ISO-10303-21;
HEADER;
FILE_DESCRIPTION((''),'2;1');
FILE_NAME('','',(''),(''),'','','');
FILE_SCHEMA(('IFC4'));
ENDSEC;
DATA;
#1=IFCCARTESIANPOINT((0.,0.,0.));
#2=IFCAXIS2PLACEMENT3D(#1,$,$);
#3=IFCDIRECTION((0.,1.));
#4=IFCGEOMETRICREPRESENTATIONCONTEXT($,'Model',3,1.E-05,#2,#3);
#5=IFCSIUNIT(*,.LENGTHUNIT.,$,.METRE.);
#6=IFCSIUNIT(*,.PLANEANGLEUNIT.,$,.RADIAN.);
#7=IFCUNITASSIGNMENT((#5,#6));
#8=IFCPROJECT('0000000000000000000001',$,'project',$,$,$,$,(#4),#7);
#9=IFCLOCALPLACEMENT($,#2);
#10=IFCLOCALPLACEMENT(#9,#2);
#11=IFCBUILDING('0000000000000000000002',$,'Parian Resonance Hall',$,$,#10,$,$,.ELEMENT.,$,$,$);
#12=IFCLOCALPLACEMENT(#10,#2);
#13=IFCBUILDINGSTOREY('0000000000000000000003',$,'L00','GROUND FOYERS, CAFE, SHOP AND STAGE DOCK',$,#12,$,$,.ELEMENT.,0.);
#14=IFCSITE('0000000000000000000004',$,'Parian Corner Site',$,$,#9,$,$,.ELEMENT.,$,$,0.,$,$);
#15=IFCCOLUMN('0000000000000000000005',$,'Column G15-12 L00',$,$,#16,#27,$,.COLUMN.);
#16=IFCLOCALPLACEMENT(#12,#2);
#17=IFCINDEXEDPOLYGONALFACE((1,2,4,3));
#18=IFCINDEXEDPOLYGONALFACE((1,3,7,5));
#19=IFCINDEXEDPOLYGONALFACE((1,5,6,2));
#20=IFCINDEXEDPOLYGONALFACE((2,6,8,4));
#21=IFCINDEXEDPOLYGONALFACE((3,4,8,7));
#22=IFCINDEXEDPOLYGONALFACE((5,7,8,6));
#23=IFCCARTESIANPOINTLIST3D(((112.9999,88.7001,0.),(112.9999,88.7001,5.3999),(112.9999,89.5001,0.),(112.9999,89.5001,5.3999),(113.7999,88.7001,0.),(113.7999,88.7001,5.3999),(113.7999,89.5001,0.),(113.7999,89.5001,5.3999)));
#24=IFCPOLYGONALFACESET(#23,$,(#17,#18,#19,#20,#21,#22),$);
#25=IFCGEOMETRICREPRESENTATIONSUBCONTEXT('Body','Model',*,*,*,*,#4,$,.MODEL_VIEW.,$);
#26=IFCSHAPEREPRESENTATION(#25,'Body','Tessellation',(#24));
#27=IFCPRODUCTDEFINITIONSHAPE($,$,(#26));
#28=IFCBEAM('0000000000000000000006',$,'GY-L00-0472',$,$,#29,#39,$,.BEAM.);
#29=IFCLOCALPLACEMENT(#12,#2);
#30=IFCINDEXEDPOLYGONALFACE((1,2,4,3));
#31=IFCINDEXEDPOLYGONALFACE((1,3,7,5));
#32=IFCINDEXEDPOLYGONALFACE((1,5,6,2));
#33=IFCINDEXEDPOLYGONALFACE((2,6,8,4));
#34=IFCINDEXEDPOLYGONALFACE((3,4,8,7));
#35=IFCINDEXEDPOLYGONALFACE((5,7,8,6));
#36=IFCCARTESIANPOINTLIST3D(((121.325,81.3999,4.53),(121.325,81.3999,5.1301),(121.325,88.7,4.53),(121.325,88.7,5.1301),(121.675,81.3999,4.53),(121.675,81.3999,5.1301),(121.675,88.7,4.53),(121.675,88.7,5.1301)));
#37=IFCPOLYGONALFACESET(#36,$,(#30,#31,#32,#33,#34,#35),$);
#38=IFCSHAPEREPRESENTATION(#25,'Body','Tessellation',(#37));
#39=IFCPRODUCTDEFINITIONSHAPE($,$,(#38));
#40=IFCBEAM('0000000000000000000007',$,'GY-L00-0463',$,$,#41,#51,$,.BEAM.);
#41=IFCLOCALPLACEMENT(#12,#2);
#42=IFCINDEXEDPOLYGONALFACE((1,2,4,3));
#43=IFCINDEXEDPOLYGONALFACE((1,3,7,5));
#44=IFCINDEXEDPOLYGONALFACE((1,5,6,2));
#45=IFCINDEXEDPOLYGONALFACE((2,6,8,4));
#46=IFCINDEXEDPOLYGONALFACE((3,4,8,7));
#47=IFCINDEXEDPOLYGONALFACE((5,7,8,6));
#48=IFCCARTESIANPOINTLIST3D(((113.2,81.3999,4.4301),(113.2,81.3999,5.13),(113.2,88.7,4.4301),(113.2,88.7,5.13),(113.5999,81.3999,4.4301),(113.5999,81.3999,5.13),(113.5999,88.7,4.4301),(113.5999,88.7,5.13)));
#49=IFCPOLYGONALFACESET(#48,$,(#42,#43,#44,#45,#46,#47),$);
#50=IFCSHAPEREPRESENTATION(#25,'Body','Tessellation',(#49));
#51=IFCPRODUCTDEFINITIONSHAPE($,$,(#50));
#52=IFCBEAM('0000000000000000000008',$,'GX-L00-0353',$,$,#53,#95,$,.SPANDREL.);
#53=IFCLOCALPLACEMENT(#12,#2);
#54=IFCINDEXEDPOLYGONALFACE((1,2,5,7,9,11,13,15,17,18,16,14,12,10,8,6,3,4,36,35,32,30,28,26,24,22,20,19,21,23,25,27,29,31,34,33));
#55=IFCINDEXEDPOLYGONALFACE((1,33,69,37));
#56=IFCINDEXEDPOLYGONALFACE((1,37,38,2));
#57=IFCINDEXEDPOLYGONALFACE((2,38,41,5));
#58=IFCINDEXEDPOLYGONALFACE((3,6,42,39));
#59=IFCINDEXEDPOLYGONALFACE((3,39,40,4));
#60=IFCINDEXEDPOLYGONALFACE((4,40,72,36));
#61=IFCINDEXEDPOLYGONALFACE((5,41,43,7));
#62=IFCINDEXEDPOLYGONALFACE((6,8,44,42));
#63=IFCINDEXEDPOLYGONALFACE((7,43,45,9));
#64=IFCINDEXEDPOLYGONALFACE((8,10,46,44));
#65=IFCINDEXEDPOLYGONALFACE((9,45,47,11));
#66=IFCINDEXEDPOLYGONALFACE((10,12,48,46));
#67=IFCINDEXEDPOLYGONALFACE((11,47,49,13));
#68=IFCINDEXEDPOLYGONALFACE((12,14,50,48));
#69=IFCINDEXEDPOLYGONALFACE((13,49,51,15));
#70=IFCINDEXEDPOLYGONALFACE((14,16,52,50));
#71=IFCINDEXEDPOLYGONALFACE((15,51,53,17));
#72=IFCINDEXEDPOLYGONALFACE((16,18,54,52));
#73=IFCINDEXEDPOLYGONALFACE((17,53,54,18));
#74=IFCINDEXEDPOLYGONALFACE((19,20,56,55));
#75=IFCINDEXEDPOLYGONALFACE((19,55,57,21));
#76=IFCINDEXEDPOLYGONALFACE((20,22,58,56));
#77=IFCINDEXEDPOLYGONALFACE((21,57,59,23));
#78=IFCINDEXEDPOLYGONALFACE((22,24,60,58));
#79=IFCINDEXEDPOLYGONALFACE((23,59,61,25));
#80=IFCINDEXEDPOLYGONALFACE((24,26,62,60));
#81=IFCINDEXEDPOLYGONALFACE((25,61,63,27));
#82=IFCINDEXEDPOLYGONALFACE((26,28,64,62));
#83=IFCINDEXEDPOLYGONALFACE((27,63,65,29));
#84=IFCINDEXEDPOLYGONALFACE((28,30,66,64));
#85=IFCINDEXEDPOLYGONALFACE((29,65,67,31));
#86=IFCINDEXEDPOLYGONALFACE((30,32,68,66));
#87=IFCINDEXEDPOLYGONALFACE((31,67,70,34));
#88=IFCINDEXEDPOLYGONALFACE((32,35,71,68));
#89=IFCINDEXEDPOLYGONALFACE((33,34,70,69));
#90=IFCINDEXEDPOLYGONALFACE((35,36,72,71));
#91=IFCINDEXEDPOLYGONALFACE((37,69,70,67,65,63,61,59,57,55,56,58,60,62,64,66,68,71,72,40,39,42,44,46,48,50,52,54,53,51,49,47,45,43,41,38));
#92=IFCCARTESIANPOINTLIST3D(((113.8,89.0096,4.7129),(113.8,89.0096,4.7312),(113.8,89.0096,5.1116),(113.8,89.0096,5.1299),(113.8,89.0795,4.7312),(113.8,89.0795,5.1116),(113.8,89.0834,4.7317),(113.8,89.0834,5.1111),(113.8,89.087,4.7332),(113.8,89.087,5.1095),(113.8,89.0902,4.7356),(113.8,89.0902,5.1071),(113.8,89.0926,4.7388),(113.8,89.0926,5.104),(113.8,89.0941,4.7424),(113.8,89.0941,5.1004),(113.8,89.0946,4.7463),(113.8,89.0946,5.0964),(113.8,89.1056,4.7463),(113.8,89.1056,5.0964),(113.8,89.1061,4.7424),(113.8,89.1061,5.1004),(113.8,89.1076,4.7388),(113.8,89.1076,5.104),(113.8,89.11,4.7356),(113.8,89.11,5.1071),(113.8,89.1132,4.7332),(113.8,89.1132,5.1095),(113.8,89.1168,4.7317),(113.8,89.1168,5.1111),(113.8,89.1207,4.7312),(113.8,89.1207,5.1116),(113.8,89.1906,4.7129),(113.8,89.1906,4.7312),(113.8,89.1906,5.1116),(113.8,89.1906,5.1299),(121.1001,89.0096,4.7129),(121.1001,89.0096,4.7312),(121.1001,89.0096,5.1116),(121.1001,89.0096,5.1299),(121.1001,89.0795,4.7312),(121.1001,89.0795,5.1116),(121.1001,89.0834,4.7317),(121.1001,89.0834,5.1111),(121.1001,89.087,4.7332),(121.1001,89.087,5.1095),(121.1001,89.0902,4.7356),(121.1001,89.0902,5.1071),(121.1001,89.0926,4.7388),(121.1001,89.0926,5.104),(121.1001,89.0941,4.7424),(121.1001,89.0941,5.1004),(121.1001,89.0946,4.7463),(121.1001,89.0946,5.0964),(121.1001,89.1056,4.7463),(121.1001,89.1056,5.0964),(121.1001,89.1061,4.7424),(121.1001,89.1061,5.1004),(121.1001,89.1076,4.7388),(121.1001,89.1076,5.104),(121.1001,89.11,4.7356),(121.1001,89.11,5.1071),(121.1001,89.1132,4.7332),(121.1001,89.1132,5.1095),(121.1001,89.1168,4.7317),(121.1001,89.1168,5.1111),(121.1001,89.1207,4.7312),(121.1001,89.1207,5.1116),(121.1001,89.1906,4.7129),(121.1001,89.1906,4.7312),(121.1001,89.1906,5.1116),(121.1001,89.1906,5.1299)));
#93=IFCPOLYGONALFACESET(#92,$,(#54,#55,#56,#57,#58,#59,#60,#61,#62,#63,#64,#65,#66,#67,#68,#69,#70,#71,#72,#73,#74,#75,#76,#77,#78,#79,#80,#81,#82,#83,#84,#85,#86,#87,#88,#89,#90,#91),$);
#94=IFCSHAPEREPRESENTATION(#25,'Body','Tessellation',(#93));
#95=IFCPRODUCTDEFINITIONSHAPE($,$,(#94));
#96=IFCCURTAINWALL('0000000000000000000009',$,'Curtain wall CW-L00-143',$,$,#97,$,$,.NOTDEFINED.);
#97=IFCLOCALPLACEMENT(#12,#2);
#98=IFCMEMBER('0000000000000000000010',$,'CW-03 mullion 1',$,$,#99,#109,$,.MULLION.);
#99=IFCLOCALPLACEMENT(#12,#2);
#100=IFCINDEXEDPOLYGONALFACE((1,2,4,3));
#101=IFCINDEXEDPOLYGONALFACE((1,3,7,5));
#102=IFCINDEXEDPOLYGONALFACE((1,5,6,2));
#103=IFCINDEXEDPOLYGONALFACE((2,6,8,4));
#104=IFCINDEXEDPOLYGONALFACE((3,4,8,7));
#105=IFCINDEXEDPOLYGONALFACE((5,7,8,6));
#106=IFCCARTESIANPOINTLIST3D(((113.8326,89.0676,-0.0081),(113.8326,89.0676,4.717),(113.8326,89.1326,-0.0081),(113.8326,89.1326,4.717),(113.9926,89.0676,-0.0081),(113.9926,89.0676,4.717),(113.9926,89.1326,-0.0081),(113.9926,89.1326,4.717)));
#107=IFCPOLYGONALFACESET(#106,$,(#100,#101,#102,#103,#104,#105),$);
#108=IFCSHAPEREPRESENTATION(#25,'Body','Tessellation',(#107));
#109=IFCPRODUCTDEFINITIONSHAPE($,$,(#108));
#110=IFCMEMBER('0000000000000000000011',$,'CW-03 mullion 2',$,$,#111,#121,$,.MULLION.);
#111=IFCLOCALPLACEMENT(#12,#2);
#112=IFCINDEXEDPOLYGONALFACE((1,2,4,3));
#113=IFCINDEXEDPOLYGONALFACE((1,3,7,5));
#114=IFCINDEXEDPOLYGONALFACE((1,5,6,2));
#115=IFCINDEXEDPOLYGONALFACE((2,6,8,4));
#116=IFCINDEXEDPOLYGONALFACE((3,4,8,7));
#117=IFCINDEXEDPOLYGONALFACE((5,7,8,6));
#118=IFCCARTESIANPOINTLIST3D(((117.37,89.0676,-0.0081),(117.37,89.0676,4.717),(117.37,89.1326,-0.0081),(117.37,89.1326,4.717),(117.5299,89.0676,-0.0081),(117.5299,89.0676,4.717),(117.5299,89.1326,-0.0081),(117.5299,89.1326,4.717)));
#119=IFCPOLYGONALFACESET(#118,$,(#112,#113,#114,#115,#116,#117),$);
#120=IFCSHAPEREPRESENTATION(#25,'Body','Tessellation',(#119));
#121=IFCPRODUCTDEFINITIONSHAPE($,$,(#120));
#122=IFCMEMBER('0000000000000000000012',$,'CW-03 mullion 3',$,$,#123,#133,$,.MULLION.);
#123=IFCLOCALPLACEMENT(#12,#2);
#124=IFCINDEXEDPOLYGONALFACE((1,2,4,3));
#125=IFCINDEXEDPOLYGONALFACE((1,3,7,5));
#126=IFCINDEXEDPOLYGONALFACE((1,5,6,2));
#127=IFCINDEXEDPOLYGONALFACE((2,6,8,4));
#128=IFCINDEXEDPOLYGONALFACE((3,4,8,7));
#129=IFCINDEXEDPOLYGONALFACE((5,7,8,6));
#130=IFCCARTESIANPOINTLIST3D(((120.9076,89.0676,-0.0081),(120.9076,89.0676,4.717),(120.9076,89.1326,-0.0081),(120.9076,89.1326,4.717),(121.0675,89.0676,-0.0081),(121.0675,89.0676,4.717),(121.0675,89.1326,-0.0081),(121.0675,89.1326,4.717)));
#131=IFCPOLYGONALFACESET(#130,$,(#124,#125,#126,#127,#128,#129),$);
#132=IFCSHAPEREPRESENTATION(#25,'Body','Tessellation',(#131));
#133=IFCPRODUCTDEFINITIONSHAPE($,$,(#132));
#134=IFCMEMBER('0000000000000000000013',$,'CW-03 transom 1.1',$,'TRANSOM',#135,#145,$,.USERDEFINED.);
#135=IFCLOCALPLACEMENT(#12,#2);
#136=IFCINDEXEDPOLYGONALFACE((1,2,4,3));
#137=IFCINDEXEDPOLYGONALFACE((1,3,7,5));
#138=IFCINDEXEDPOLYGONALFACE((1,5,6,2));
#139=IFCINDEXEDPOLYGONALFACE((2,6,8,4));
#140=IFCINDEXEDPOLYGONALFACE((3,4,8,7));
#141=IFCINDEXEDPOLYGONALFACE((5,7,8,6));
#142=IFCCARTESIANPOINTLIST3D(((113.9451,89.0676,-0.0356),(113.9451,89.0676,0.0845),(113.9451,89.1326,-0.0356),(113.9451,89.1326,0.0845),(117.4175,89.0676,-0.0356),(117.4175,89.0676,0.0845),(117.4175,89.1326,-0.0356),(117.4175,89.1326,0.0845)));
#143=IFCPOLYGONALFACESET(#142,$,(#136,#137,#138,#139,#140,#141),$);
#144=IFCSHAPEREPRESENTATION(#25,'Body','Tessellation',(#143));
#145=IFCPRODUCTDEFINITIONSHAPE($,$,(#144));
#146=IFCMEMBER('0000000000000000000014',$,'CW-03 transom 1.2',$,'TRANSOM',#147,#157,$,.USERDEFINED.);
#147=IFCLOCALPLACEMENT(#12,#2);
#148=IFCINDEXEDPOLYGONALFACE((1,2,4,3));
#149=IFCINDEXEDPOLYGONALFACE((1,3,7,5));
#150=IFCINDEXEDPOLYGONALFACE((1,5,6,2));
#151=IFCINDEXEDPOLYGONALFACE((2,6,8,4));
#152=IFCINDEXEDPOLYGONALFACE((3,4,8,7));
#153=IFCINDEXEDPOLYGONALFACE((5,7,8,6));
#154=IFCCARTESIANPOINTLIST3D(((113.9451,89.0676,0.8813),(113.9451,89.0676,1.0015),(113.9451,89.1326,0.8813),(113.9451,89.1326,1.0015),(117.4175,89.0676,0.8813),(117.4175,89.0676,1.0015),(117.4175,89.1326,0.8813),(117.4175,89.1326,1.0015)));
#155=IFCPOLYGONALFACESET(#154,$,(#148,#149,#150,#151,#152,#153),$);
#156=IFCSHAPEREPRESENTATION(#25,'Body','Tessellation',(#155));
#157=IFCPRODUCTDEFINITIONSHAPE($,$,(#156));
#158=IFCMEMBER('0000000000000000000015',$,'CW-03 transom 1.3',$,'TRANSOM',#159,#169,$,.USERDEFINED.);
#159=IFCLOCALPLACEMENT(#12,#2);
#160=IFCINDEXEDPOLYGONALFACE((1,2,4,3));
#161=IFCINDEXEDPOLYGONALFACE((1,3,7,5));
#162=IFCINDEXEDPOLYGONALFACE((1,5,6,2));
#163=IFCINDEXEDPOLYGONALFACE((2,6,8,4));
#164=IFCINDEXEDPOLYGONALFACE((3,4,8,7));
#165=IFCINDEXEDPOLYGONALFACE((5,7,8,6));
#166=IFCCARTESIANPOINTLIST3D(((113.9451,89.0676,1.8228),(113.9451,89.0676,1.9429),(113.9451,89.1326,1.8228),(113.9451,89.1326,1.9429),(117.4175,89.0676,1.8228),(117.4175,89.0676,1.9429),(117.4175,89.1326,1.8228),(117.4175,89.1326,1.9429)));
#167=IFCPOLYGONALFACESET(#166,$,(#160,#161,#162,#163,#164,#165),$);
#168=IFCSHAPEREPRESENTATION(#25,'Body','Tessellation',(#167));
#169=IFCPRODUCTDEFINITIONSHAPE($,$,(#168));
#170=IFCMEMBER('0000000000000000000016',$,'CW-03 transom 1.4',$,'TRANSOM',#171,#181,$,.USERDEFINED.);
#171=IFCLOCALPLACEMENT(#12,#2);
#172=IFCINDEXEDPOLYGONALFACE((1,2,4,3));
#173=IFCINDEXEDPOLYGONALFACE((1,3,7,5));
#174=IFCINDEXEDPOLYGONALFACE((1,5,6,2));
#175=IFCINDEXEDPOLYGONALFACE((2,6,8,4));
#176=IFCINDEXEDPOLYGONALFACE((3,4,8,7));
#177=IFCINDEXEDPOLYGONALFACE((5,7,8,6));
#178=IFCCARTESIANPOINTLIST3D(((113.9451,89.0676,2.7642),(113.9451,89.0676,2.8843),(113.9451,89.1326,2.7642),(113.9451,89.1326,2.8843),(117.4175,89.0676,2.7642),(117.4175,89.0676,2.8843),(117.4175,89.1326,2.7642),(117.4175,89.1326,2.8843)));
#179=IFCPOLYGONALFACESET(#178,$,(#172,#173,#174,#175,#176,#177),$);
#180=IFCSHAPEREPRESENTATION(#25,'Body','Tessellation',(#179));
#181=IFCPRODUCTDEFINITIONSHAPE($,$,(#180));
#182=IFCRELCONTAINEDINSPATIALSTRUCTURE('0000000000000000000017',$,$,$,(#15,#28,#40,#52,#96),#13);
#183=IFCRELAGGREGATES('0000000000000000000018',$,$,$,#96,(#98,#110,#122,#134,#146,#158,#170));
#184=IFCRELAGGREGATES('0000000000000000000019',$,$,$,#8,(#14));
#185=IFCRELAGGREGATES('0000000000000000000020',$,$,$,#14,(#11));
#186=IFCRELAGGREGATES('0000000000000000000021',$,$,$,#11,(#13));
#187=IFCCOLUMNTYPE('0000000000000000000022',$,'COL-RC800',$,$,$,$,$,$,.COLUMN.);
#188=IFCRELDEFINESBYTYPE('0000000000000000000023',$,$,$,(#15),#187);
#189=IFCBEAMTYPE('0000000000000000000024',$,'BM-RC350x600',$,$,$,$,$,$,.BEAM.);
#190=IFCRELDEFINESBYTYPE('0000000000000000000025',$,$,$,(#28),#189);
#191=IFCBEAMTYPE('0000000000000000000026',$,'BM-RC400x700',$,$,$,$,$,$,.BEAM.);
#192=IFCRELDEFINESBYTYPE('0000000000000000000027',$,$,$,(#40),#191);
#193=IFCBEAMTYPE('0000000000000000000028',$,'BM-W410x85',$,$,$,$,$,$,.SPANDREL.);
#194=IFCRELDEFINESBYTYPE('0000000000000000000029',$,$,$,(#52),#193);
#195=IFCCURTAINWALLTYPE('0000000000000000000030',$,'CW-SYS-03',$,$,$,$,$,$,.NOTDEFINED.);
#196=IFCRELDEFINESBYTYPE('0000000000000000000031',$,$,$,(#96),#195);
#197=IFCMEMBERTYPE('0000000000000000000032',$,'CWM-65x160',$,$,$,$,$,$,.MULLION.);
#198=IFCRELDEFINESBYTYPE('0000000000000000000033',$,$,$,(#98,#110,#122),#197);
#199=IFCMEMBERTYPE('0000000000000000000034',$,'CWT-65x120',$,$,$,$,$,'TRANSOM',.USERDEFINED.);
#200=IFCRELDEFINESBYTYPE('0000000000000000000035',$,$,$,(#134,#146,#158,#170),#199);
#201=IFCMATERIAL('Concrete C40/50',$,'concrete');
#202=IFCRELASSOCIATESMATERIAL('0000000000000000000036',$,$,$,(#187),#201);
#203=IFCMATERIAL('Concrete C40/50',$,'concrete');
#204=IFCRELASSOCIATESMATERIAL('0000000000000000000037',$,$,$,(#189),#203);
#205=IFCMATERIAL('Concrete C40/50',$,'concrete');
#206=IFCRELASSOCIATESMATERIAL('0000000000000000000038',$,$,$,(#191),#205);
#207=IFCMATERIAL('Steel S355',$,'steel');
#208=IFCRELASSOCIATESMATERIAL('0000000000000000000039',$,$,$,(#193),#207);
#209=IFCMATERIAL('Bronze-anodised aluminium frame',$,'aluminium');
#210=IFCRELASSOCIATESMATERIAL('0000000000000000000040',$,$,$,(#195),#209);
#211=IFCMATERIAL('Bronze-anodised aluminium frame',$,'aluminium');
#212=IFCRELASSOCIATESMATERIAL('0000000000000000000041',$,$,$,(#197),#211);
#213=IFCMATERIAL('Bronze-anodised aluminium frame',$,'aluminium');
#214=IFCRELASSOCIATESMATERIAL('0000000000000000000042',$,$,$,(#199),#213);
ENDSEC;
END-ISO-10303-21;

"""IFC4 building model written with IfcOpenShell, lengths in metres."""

from ifc_helpers import new_model, si_unit, direction, frame, origin, origin_2d, place, context, subcontext, project, spatial, rectangle, i_section, extrude, material, material_profile, profile_set, type_object, element, aggregate, save


model = new_model("IFC4")

# Units and contexts
model_context = context("Model", 3, precision=1e-05, world=origin(), true_north=direction((0.0, 1.0)))
body_context = subcontext(model_context, "Body", "Model", "MODEL_VIEW")
ifc_project = project(units=[si_unit("LENGTHUNIT", "METRE"), si_unit("PLANEANGLEUNIT", "RADIAN")], contexts=[model_context])

# Site, building, storey
site_placement = place(None, origin())
site = spatial("IfcSite", under=ifc_project, at=site_placement, Name="Parian Corner Site", CompositionType="ELEMENT", RefElevation=0.0)
building_placement = place(site_placement, origin())
building = spatial("IfcBuilding", under=site, at=building_placement, Name="Parian Resonance Hall", CompositionType="ELEMENT")
storey_placement = place(building_placement, origin())
storey = spatial("IfcBuildingStorey", under=building, at=storey_placement, Name="L00", Description="GROUND FOYERS, CAFE, SHOP AND STAGE DOCK", CompositionType="ELEMENT", Elevation=0.0)

# Column
ifc_material_1 = material(Name="Concrete C40/50", Category="concrete")
ifc_material_profile_1 = material_profile(ifc_material_1, rectangle(XDim=0.8, YDim=0.8, at=origin_2d()), Name="RC-COL-800x800")
ifc_profile_set_1 = profile_set([ifc_material_profile_1], Name="Concrete C40/50")
column_type = type_object("IfcColumnType", Name="COL-RC800", PredefinedType="COLUMN", material=ifc_profile_set_1)
column_placement = place(storey_placement, frame((113.3999, 89.1001, 0.0), z_axis=(0.0, 0.0, 1.0), x_axis=(1.0, 0.0, 0.0)))
element("IfcColumn", 1, at=column_placement, inside=storey, type_object=column_type, Name="Column G15-12 L00", PredefinedType="COLUMN", context=body_context, shape_type="SweptSolid", body=[
    extrude(rectangle(XDim=0.8, YDim=0.8, at=origin_2d()), origin(), (0.0, 0.0, 1.0), 5.3999),
])

# Beams
ifc_material_2 = material(Name="Concrete C40/50", Category="concrete")
ifc_material_profile_2 = material_profile(ifc_material_2, rectangle(XDim=0.3501, YDim=0.6001, at=origin_2d()), Name="RC-BM-350x600")
ifc_profile_set_2 = profile_set([ifc_material_profile_2], Name="Concrete C40/50")
beam_type_1 = type_object("IfcBeamType", Name="BM-RC350x600", PredefinedType="BEAM", material=ifc_profile_set_2)
beam_1_placement = place(storey_placement, frame((121.5, 81.3999, 4.8301), z_axis=(0.0, 1.0, 0.0), x_axis=(-1.0, 0.0, 0.0)))
element("IfcBeam", 2, at=beam_1_placement, inside=storey, type_object=beam_type_1, Name="GY-L00-0472", PredefinedType="BEAM", context=body_context, shape_type="SweptSolid", body=[
    extrude(rectangle(XDim=0.3501, YDim=0.6001, at=origin_2d()), origin(), (0.0, 0.0, 1.0), 7.3),
])
ifc_material_3 = material(Name="Concrete C40/50", Category="concrete")
ifc_material_profile_3 = material_profile(ifc_material_3, rectangle(XDim=0.3999, YDim=0.7, at=origin_2d()), Name="RC-BM-400x700")
ifc_profile_set_3 = profile_set([ifc_material_profile_3], Name="Concrete C40/50")
beam_type_2 = type_object("IfcBeamType", Name="BM-RC400x700", PredefinedType="BEAM", material=ifc_profile_set_3)
beam_2_placement = place(storey_placement, frame((113.3999, 81.3999, 4.78), z_axis=(0.0, 1.0, 0.0), x_axis=(-1.0, 0.0, 0.0)))
element("IfcBeam", 3, at=beam_2_placement, inside=storey, type_object=beam_type_2, Name="GY-L00-0463", PredefinedType="BEAM", context=body_context, shape_type="SweptSolid", body=[
    extrude(rectangle(XDim=0.3999, YDim=0.7, at=origin_2d()), origin(), (0.0, 0.0, 1.0), 7.3),
])
ifc_material_4 = material(Name="Steel S355", Category="steel")
ifc_material_profile_4 = material_profile(ifc_material_4, i_section(OverallWidth=0.1809, OverallDepth=0.417, WebThickness=0.011, FlangeThickness=0.0183, FilletRadius=0.0151, at=origin_2d()), Name="W410x85")
ifc_profile_set_4 = profile_set([ifc_material_profile_4], Name="Steel S355")
beam_type_3 = type_object("IfcBeamType", Name="BM-W410x85", PredefinedType="SPANDREL", material=ifc_profile_set_4)
beam_3_placement = place(storey_placement, frame((113.8, 89.1001, 4.9214), z_axis=(1.0, 0.0, 0.0), x_axis=(0.0, 1.0, 0.0)))
element("IfcBeam", 4, at=beam_3_placement, inside=storey, type_object=beam_type_3, Name="GX-L00-0353", PredefinedType="SPANDREL", context=body_context, shape_type="SweptSolid", body=[
    extrude(i_section(OverallWidth=0.1809, OverallDepth=0.417, WebThickness=0.011, FlangeThickness=0.0183, FilletRadius=0.0151, at=origin_2d()), origin(), (0.0, 0.0, 1.0), 7.3),
])

# Curtain wall, members
ifc_material_5 = material(Name="Bronze-anodised aluminium frame", Category="aluminium")
curtain_wall_type = type_object("IfcCurtainWallType", Name="CW-SYS-03", PredefinedType="NOTDEFINED", material=ifc_material_5)
curtain_wall_placement = place(storey_placement, origin())
curtain_wall = element("IfcCurtainWall", 5, at=curtain_wall_placement, inside=storey, type_object=curtain_wall_type, Name="Curtain wall CW-L00-143", PredefinedType="NOTDEFINED")
ifc_material_6 = material(Name="Bronze-anodised aluminium frame", Category="aluminium")
ifc_material_profile_5 = material_profile(ifc_material_6, rectangle(XDim=0.0649, YDim=0.1599, at=origin_2d()), Name="CWM-65x160")
ifc_profile_set_5 = profile_set([ifc_material_profile_5], Name="Bronze-anodised aluminium frame")
member_type_1 = type_object("IfcMemberType", Name="CWM-65x160", PredefinedType="MULLION", material=ifc_profile_set_5)
member_1_placement = place(storey_placement, frame((113.9126, 89.1001, -0.0081), z_axis=(0.0, 0.0, 1.0), x_axis=(0.0, 1.0, 0.0)))
member_1 = element("IfcMember", 6, at=member_1_placement, type_object=member_type_1, Name="CW-03 mullion 1", PredefinedType="MULLION", context=body_context, shape_type="SweptSolid", body=[
    extrude(rectangle(XDim=0.0649, YDim=0.1599, at=origin_2d()), origin(), (0.0, 0.0, 1.0), 4.7251),
])
member_2_placement = place(storey_placement, frame((117.45, 89.1001, -0.0081), z_axis=(0.0, 0.0, 1.0), x_axis=(0.0, 1.0, 0.0)))
member_2 = element("IfcMember", 7, at=member_2_placement, type_object=member_type_1, Name="CW-03 mullion 2", PredefinedType="MULLION", context=body_context, shape_type="SweptSolid", body=[
    extrude(rectangle(XDim=0.0649, YDim=0.1599, at=origin_2d()), origin(), (0.0, 0.0, 1.0), 4.7251),
])
member_3_placement = place(storey_placement, frame((120.9875, 89.1001, -0.0081), z_axis=(0.0, 0.0, 1.0), x_axis=(0.0, 1.0, 0.0)))
member_3 = element("IfcMember", 8, at=member_3_placement, type_object=member_type_1, Name="CW-03 mullion 3", PredefinedType="MULLION", context=body_context, shape_type="SweptSolid", body=[
    extrude(rectangle(XDim=0.0649, YDim=0.1599, at=origin_2d()), origin(), (0.0, 0.0, 1.0), 4.7251),
])
ifc_material_7 = material(Name="Bronze-anodised aluminium frame", Category="aluminium")
ifc_material_profile_6 = material_profile(ifc_material_7, rectangle(XDim=0.0649, YDim=0.1201, at=origin_2d()), Name="CWT-65x120")
ifc_profile_set_6 = profile_set([ifc_material_profile_6], Name="Bronze-anodised aluminium frame")
member_type_2 = type_object("IfcMemberType", Name="CWT-65x120", ElementType="TRANSOM", PredefinedType="USERDEFINED", material=ifc_profile_set_6)
member_4_placement = place(storey_placement, frame((113.9451, 89.1001, 0.0244), z_axis=(1.0, 0.0, 0.0), x_axis=(0.0, 1.0, 0.0)))
member_4 = element("IfcMember", 9, at=member_4_placement, type_object=member_type_2, Name="CW-03 transom 1.1", ObjectType="TRANSOM", PredefinedType="USERDEFINED", context=body_context, shape_type="SweptSolid", body=[
    extrude(rectangle(XDim=0.0649, YDim=0.1201, at=origin_2d()), origin(), (0.0, 0.0, 1.0), 3.4724),
])
member_5_placement = place(storey_placement, frame((113.9451, 89.1001, 0.9414), z_axis=(1.0, 0.0, 0.0), x_axis=(0.0, 1.0, 0.0)))
member_5 = element("IfcMember", 10, at=member_5_placement, type_object=member_type_2, Name="CW-03 transom 1.2", ObjectType="TRANSOM", PredefinedType="USERDEFINED", context=body_context, shape_type="SweptSolid", body=[
    extrude(rectangle(XDim=0.0649, YDim=0.1201, at=origin_2d()), origin(), (0.0, 0.0, 1.0), 3.4724),
])
member_6_placement = place(storey_placement, frame((113.9451, 89.1001, 1.8828), z_axis=(1.0, 0.0, 0.0), x_axis=(0.0, 1.0, 0.0)))
member_6 = element("IfcMember", 11, at=member_6_placement, type_object=member_type_2, Name="CW-03 transom 1.3", ObjectType="TRANSOM", PredefinedType="USERDEFINED", context=body_context, shape_type="SweptSolid", body=[
    extrude(rectangle(XDim=0.0649, YDim=0.1201, at=origin_2d()), origin(), (0.0, 0.0, 1.0), 3.4724),
])
member_7_placement = place(storey_placement, frame((113.9451, 89.1001, 2.8242), z_axis=(1.0, 0.0, 0.0), x_axis=(0.0, 1.0, 0.0)))
member_7 = element("IfcMember", 12, at=member_7_placement, type_object=member_type_2, Name="CW-03 transom 1.4", ObjectType="TRANSOM", PredefinedType="USERDEFINED", context=body_context, shape_type="SweptSolid", body=[
    extrude(rectangle(XDim=0.0649, YDim=0.1201, at=origin_2d()), origin(), (0.0, 0.0, 1.0), 3.4724),
])
aggregate(curtain_wall, [member_1, member_2, member_3, member_4, member_5, member_6, member_7])

save(model, "model.ifc")
